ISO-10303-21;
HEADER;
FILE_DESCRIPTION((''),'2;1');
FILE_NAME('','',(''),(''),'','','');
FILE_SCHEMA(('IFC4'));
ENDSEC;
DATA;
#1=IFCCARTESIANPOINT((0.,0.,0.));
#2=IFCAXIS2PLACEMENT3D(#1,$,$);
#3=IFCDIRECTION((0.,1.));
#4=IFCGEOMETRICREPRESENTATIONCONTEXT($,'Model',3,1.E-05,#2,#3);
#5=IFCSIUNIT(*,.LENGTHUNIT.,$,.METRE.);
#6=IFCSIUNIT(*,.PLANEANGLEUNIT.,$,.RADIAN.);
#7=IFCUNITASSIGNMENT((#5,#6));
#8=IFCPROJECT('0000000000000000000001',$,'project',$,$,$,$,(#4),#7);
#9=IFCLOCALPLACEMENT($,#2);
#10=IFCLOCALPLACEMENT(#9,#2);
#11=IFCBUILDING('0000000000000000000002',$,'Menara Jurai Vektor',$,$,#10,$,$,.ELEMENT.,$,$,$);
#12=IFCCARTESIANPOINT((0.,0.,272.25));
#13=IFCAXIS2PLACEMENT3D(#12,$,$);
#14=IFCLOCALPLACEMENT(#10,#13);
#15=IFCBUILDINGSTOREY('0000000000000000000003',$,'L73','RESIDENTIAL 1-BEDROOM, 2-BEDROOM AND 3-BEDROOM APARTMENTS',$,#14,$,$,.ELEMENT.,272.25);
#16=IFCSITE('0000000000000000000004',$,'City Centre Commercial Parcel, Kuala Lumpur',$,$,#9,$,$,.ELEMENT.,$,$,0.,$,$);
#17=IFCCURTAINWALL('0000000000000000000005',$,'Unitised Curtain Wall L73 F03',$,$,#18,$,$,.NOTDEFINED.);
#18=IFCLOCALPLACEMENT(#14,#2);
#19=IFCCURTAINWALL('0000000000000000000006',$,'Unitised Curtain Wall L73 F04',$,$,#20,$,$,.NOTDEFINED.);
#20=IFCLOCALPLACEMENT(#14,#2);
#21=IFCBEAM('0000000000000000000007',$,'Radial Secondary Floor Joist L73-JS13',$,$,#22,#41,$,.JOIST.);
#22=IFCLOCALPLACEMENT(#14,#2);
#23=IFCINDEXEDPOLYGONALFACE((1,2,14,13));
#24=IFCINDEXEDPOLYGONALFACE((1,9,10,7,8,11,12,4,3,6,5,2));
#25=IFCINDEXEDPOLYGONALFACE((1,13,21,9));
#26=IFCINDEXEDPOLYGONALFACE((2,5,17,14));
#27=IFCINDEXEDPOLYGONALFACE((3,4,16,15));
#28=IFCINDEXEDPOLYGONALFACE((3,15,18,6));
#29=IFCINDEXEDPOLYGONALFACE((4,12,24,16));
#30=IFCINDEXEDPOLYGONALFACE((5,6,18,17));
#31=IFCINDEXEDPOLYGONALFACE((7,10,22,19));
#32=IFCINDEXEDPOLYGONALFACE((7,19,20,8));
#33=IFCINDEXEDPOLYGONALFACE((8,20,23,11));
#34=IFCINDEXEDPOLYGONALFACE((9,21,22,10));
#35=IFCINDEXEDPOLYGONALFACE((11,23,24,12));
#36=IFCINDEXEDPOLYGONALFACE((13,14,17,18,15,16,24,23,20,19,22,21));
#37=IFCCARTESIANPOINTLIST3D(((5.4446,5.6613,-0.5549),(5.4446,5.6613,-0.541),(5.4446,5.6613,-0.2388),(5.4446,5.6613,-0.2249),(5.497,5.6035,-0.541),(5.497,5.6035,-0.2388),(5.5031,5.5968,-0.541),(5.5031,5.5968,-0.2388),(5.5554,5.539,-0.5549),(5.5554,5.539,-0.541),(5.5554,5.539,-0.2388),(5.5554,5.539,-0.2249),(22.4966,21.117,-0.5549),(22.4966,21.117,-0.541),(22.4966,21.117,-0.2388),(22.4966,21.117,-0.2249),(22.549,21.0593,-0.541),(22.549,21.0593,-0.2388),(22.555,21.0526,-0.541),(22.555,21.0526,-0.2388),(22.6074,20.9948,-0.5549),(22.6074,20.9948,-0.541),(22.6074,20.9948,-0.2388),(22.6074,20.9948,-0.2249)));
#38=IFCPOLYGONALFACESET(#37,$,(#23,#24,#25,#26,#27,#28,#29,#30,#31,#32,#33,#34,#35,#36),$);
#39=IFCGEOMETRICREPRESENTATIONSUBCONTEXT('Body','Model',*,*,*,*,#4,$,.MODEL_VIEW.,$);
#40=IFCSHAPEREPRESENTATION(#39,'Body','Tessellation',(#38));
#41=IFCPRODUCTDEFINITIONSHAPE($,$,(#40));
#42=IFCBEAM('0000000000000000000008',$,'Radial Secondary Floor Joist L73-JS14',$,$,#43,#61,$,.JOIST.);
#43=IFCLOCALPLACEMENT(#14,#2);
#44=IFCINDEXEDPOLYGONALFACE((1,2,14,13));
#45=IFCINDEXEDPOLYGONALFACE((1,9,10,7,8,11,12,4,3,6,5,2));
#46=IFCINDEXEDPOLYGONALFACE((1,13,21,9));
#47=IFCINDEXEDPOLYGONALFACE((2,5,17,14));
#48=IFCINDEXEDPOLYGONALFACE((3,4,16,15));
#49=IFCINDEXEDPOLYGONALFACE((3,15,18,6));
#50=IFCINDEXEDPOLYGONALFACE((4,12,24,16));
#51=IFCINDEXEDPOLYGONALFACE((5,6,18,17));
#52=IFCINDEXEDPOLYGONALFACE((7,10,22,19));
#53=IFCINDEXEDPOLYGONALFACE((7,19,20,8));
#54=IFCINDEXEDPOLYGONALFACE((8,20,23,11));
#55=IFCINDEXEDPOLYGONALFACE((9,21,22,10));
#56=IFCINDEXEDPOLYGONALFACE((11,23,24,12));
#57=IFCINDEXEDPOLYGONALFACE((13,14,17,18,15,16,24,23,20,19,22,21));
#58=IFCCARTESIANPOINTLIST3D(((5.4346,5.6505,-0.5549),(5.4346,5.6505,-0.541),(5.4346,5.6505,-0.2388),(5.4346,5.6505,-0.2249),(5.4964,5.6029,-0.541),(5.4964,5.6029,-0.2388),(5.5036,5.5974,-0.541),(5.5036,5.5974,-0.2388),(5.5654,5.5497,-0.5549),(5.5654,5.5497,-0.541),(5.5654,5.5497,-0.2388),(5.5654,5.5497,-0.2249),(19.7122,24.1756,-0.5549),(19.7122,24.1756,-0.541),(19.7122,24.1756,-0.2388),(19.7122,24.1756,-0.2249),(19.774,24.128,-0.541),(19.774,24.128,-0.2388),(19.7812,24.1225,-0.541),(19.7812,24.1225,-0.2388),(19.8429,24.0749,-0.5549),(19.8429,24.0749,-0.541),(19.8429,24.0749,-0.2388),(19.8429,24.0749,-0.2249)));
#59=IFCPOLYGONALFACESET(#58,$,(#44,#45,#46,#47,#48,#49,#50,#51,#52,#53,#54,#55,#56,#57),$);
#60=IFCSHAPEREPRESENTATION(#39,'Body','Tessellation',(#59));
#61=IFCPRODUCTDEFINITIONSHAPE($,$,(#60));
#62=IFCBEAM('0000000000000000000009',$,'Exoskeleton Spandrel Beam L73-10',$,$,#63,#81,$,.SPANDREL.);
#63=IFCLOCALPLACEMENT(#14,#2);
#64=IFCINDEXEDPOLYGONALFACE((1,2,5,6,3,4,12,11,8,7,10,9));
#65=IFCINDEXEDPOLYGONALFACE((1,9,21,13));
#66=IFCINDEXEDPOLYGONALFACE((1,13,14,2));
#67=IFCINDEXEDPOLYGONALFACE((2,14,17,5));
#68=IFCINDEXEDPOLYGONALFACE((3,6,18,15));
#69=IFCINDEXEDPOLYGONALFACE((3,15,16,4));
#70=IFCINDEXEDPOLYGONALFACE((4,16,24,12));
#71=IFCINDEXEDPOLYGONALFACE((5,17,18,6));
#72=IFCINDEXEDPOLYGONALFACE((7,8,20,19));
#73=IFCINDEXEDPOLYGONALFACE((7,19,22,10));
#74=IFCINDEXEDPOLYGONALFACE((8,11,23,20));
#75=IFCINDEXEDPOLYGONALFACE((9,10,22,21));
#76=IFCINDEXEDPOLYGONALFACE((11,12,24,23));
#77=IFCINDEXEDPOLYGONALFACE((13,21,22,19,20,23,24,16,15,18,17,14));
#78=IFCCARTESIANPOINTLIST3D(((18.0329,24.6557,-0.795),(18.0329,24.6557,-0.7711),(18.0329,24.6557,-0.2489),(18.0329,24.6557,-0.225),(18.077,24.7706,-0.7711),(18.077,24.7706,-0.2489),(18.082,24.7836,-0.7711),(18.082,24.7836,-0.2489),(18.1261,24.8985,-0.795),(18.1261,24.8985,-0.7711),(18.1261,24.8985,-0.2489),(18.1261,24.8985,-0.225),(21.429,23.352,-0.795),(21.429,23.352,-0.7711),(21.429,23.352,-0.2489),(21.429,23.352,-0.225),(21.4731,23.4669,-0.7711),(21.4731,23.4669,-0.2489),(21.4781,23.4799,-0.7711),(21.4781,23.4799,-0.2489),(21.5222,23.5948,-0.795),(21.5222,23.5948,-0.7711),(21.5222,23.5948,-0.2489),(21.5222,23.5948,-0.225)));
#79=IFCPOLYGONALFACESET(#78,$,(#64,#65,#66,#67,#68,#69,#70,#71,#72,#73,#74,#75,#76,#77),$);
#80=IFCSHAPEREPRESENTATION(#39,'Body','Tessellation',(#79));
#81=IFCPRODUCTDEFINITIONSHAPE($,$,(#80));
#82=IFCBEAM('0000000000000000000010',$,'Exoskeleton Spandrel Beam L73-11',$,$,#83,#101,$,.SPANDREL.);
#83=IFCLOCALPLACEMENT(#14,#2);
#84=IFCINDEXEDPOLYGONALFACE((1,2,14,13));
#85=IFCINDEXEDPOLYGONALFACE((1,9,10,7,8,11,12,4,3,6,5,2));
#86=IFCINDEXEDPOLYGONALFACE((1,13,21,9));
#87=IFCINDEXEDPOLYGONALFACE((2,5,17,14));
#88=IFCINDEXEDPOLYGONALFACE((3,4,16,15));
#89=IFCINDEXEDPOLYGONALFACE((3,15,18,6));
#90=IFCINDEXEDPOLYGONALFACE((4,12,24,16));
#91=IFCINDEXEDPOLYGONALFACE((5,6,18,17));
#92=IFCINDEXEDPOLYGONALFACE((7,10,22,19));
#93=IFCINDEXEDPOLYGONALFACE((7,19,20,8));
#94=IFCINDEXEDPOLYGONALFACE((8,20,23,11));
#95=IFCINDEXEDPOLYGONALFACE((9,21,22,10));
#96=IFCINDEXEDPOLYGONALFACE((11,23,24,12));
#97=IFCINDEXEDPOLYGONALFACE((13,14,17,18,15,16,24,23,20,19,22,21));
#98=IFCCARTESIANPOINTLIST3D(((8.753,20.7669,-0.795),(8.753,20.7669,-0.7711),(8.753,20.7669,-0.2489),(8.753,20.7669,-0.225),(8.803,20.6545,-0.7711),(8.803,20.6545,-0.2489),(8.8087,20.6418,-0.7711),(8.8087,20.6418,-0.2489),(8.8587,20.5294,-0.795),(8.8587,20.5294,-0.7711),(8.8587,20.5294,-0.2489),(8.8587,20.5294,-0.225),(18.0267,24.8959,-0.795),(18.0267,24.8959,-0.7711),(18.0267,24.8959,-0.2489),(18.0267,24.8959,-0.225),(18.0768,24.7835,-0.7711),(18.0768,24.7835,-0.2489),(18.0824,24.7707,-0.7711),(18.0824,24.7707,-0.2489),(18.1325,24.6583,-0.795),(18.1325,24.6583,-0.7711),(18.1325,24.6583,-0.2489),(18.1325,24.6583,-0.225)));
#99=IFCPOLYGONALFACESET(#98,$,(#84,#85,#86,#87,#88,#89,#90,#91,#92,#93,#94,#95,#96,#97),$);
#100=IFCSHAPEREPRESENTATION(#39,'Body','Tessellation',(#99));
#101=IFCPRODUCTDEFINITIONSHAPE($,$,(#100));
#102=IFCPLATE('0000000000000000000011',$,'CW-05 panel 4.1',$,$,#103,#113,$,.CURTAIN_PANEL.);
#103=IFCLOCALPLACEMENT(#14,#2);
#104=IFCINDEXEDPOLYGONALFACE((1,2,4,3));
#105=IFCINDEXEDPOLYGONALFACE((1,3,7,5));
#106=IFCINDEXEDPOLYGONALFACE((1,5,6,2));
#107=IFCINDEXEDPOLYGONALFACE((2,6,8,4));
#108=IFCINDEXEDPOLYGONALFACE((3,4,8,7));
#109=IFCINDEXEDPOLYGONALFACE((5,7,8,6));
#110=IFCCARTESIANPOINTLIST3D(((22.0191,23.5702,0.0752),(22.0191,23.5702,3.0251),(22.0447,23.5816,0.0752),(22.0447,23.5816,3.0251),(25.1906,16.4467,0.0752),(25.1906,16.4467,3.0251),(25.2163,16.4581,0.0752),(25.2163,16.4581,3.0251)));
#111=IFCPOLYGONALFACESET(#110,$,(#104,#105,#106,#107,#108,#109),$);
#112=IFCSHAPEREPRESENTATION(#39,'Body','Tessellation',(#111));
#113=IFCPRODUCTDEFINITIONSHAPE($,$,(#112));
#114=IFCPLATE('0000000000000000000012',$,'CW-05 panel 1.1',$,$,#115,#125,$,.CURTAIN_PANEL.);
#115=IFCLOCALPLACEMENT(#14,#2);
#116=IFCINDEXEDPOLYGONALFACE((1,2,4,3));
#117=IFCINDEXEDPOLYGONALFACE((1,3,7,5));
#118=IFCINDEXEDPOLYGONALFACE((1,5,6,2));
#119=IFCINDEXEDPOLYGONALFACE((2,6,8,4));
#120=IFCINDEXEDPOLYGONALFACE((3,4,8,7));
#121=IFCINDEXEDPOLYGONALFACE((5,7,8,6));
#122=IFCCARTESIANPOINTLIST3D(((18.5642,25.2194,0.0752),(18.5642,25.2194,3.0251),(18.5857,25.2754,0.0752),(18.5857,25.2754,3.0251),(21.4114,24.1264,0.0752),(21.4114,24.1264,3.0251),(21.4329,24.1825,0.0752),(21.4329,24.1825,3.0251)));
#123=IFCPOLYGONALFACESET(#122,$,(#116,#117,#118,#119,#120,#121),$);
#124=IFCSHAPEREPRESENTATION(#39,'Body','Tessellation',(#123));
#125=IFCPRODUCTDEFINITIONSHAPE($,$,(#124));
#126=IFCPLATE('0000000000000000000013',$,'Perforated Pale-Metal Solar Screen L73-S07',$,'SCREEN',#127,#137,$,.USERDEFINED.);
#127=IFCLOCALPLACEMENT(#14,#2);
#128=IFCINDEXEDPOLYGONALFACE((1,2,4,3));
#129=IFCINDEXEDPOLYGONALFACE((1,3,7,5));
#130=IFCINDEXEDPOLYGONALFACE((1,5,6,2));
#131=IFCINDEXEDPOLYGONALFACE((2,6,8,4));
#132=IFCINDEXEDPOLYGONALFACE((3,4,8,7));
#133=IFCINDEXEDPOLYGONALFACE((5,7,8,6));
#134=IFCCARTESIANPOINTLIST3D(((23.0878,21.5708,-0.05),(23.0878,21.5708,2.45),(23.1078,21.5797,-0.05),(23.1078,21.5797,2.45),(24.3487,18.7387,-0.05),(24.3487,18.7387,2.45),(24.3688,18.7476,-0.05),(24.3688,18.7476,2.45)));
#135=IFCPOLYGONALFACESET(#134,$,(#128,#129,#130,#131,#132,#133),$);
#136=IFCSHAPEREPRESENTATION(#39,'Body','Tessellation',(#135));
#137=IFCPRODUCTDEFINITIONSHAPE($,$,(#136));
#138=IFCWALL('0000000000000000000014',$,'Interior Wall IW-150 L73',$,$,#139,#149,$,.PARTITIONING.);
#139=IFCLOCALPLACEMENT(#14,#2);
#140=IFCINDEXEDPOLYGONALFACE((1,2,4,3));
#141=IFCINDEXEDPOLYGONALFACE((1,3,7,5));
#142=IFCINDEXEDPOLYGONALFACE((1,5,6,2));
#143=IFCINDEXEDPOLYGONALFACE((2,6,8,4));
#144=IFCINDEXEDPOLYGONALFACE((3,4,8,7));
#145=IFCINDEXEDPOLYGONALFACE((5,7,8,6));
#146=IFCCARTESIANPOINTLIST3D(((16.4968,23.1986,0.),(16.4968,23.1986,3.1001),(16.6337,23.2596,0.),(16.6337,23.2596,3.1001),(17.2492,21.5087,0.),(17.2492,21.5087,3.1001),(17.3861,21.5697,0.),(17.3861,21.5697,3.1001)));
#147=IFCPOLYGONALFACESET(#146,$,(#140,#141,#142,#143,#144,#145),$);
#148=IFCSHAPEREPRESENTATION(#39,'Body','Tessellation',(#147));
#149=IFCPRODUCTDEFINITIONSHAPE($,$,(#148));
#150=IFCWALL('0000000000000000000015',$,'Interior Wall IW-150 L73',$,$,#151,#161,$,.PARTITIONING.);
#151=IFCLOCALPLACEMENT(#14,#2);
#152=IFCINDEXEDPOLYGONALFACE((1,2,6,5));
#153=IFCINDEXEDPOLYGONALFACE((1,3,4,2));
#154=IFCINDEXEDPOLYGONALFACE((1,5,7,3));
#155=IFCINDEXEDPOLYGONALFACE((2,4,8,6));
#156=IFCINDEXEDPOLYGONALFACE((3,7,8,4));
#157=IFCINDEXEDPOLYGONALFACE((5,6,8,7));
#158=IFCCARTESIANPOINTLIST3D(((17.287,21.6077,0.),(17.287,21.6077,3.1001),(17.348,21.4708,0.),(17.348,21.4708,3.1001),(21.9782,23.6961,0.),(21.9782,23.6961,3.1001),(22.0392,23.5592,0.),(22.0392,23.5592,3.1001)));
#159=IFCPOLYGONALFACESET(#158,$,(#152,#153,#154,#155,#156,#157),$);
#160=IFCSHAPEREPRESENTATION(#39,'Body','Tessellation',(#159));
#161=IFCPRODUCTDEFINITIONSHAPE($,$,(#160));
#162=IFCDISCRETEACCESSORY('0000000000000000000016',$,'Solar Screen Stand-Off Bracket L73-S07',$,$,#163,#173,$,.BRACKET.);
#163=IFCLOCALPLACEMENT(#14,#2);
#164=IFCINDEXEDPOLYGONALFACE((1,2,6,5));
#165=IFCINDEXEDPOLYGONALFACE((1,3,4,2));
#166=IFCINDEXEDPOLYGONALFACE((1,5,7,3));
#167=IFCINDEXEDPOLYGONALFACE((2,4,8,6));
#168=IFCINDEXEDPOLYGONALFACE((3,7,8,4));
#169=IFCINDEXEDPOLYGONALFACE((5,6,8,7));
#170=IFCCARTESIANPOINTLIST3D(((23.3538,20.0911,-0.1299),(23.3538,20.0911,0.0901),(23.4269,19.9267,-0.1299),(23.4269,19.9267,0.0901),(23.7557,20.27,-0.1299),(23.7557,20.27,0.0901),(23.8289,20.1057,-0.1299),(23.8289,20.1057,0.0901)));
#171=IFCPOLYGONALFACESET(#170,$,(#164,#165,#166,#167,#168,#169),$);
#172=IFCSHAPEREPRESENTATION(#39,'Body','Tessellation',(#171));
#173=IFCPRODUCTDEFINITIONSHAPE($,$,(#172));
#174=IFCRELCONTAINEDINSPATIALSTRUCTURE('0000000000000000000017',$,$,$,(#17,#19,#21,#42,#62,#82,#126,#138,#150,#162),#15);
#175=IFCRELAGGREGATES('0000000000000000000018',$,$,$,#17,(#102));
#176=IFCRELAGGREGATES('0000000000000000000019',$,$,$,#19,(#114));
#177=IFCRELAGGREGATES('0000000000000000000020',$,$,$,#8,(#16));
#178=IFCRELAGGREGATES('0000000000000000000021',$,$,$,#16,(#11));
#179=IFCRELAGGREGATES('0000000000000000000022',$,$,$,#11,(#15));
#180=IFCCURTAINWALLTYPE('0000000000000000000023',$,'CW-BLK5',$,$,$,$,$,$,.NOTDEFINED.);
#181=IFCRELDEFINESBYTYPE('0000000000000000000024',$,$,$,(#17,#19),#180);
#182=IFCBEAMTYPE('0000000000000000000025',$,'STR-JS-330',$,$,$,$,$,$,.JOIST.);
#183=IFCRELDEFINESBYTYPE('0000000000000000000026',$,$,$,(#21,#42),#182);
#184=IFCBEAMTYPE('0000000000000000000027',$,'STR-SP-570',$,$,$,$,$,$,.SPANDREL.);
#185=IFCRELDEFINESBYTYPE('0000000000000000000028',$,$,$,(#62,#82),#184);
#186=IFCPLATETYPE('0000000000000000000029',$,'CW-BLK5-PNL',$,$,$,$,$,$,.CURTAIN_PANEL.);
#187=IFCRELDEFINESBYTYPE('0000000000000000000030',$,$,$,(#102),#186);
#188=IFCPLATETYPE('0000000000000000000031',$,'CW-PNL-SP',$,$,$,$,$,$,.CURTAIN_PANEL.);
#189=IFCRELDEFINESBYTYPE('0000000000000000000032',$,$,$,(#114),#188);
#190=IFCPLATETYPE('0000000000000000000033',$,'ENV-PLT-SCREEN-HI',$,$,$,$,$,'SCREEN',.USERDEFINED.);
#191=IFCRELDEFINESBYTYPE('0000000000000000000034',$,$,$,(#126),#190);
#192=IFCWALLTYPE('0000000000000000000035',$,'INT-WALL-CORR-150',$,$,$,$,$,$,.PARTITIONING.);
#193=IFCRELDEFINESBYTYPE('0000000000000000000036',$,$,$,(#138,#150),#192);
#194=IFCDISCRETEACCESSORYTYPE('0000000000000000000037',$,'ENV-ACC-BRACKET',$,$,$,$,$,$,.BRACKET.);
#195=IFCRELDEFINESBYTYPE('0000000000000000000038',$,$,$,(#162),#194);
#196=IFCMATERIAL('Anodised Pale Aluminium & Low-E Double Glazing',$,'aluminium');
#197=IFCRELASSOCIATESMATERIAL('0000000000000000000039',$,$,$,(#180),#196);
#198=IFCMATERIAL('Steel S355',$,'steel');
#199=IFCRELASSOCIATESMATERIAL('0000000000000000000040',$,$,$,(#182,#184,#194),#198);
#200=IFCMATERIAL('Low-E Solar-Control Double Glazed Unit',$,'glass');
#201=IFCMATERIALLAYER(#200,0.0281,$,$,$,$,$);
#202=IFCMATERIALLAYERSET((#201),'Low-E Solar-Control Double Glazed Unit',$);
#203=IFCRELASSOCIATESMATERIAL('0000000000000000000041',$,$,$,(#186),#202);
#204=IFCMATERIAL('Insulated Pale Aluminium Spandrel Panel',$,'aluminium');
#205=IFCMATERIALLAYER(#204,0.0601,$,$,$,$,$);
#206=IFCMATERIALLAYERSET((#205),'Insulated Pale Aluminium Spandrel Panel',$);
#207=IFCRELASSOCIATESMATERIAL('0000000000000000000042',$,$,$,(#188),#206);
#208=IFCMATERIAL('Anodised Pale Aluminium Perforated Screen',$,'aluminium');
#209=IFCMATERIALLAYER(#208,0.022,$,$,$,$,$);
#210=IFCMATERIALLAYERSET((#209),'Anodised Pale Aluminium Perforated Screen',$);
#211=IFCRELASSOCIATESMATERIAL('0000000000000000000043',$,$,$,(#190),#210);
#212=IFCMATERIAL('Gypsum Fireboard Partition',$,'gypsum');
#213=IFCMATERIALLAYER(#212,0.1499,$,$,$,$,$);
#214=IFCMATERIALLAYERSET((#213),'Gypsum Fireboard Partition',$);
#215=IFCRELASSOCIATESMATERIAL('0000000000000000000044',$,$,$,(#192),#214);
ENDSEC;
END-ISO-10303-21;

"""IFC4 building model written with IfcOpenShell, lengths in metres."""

from ifc_helpers import new_model, si_unit, direction, frame, frame_2d, origin, origin_2d, place, context, subcontext, project, spatial, rectangle, i_section, extrude, material, layer, layer_set, material_profile, profile_set, type_object, element, aggregate, save


model = new_model("IFC4")

# Units and contexts
model_context = context("Model", 3, precision=1e-05, world=origin(), true_north=direction((0.0, 1.0)))
body_context = subcontext(model_context, "Body", "Model", "MODEL_VIEW")
ifc_project = project(units=[si_unit("LENGTHUNIT", "METRE"), si_unit("PLANEANGLEUNIT", "RADIAN")], contexts=[model_context])

# Site, building, storey
site_placement = place(None, origin())
site = spatial("IfcSite", under=ifc_project, at=site_placement, Name="City Centre Commercial Parcel, Kuala Lumpur", CompositionType="ELEMENT", RefElevation=0.0)
building_placement = place(site_placement, origin())
building = spatial("IfcBuilding", under=site, at=building_placement, Name="Menara Jurai Vektor", CompositionType="ELEMENT")
storey_placement = place(building_placement, frame((0.0, 0.0, 272.25)))
storey = spatial("IfcBuildingStorey", under=building, at=storey_placement, Name="L73", Description="RESIDENTIAL 1-BEDROOM, 2-BEDROOM AND 3-BEDROOM APARTMENTS", CompositionType="ELEMENT", Elevation=272.25)

# Curtain walls
ifc_material_1 = material(Name="Anodised Pale Aluminium & Low-E Double Glazing", Category="aluminium")
curtain_wall_type = type_object("IfcCurtainWallType", Name="CW-BLK5", PredefinedType="NOTDEFINED", material=ifc_material_1)
curtain_wall_1_placement = place(storey_placement, origin())
curtain_wall_1 = element("IfcCurtainWall", 1, at=curtain_wall_1_placement, inside=storey, type_object=curtain_wall_type, Name="Unitised Curtain Wall L73 F03", PredefinedType="NOTDEFINED")
curtain_wall_2_placement = place(storey_placement, origin())
curtain_wall_2 = element("IfcCurtainWall", 2, at=curtain_wall_2_placement, inside=storey, type_object=curtain_wall_type, Name="Unitised Curtain Wall L73 F04", PredefinedType="NOTDEFINED")

# Shared definitions
ifc_material_2 = material(Name="Steel S355", Category="steel")

# Beams
ifc_material_profile_1 = material_profile(ifc_material_2, i_section(OverallWidth=0.165, OverallDepth=0.3301, WebThickness=0.009, FlangeThickness=0.0139, at=origin_2d()), Name="PG 330x165x46")
ifc_profile_set_1 = profile_set([ifc_material_profile_1], Name="Steel S355")
beam_type_1 = type_object("IfcBeamType", Name="STR-JS-330", PredefinedType="JOIST", material=ifc_profile_set_1)
beam_1_placement = place(storey_placement, frame((22.552, 21.0559, -0.3899), z_axis=(-0.740934, -0.671577, 0.0), x_axis=(0.671577, -0.740934, 0.0)))
element("IfcBeam", 3, at=beam_1_placement, inside=storey, type_object=beam_type_1, Name="Radial Secondary Floor Joist L73-JS13", PredefinedType="JOIST", context=body_context, shape_type="SweptSolid", body=[
    extrude(i_section(OverallWidth=0.165, OverallDepth=0.3301, WebThickness=0.009, FlangeThickness=0.0139, at=origin_2d()), origin(), (0.0, 0.0, 1.0), 23.0142),
])
beam_2_placement = place(storey_placement, frame((19.7776, 24.1252, -0.3899), z_axis=(-0.610449, -0.792056, 0.0), x_axis=(0.792056, -0.610449, 0.0)))
element("IfcBeam", 4, at=beam_2_placement, inside=storey, type_object=beam_type_1, Name="Radial Secondary Floor Joist L73-JS14", PredefinedType="JOIST", context=body_context, shape_type="SweptSolid", body=[
    extrude(i_section(OverallWidth=0.165, OverallDepth=0.3301, WebThickness=0.009, FlangeThickness=0.0139, at=origin_2d()), origin(), (0.0, 0.0, 1.0), 23.3887),
])
ifc_material_profile_2 = material_profile(ifc_material_2, i_section(OverallWidth=0.26, OverallDepth=0.5701, WebThickness=0.0139, FlangeThickness=0.0239, at=origin_2d()), Name="PG 570x260x145")
ifc_profile_set_2 = profile_set([ifc_material_profile_2], Name="Steel S355")
beam_type_2 = type_object("IfcBeamType", Name="STR-SP-570", PredefinedType="SPANDREL", material=ifc_profile_set_2)
beam_3_placement = place(storey_placement, frame((21.4756, 23.4734, -0.51), z_axis=(-0.93357, 0.358394, 0.0), x_axis=(-0.358394, -0.93357, 0.0)))
element("IfcBeam", 5, at=beam_3_placement, inside=storey, type_object=beam_type_2, Name="Exoskeleton Spandrel Beam L73-10", PredefinedType="SPANDREL", context=body_context, shape_type="SweptSolid", body=[
    extrude(i_section(OverallWidth=0.26, OverallDepth=0.5701, WebThickness=0.0139, FlangeThickness=0.0239, at=origin_2d()), origin(), (0.0, 0.0, 1.0), 3.6377),
])
beam_4_placement = place(storey_placement, frame((18.0796, 24.7771, -0.51), z_axis=(-0.913546, -0.406736, 0.0), x_axis=(0.406736, -0.913546, 0.0)))
element("IfcBeam", 6, at=beam_4_placement, inside=storey, type_object=beam_type_2, Name="Exoskeleton Spandrel Beam L73-11", PredefinedType="SPANDREL", context=body_context, shape_type="SweptSolid", body=[
    extrude(i_section(OverallWidth=0.26, OverallDepth=0.5701, WebThickness=0.0139, FlangeThickness=0.0239, at=origin_2d()), origin(), (0.0, 0.0, 1.0), 10.1514),
])

# Plates
ifc_material_3 = material(Name="Low-E Solar-Control Double Glazed Unit", Category="glass")
ifc_layer_1 = layer(ifc_material_3, 0.0281)
ifc_layer_set_1 = layer_set([ifc_layer_1], Name="Low-E Solar-Control Double Glazed Unit")
plate_type_1 = type_object("IfcPlateType", Name="CW-BLK5-PNL", PredefinedType="CURTAIN_PANEL", material=ifc_layer_set_1)
plate_1_placement = place(storey_placement, frame((23.6177, 20.0142, 0.0752), z_axis=(0.0, 0.0, 1.0), x_axis=(-0.406735, 0.913546, 0.0)))
plate_1 = element("IfcPlate", 7, at=plate_1_placement, type_object=plate_type_1, Name="CW-05 panel 4.1", PredefinedType="CURTAIN_PANEL", context=body_context, shape_type="SweptSolid", body=[
    extrude(rectangle(XDim=7.7976, YDim=0.0281, at=origin_2d()), origin(), (0.0, 0.0, 1.0), 2.95),
])
aggregate(curtain_wall_1, [plate_1])
ifc_material_4 = material(Name="Insulated Pale Aluminium Spandrel Panel", Category="aluminium")
ifc_layer_2 = layer(ifc_material_4, 0.0601)
ifc_layer_set_2 = layer_set([ifc_layer_2], Name="Insulated Pale Aluminium Spandrel Panel")
plate_type_2 = type_object("IfcPlateType", Name="CW-PNL-SP", PredefinedType="CURTAIN_PANEL", material=ifc_layer_set_2)
plate_2_placement = place(storey_placement, frame((19.9985, 24.7009, 0.0752), z_axis=(0.0, 0.0, 1.0), x_axis=(-0.933578, 0.358374, 0.0)))
plate_2 = element("IfcPlate", 8, at=plate_2_placement, type_object=plate_type_2, Name="CW-05 panel 1.1", PredefinedType="CURTAIN_PANEL", context=body_context, shape_type="SweptSolid", body=[
    extrude(rectangle(XDim=3.0498, YDim=0.0601, at=origin_2d()), origin(), (0.0, 0.0, 1.0), 2.95),
])
aggregate(curtain_wall_2, [plate_2])
ifc_material_5 = material(Name="Anodised Pale Aluminium Perforated Screen", Category="aluminium")
ifc_layer_3 = layer(ifc_material_5, 0.022)
ifc_layer_set_3 = layer_set([ifc_layer_3], Name="Anodised Pale Aluminium Perforated Screen")
plate_type_3 = type_object("IfcPlateType", Name="ENV-PLT-SCREEN-HI", ElementType="SCREEN", PredefinedType="USERDEFINED", material=ifc_layer_set_3)
plate_3_placement = place(storey_placement, frame((23.7283, 20.1592, -0.05), z_axis=(0.0, 0.0, 1.0), x_axis=(-0.406737, 0.913545, 0.0)))
element("IfcPlate", 9, at=plate_3_placement, inside=storey, type_object=plate_type_3, Name="Perforated Pale-Metal Solar Screen L73-S07", ObjectType="SCREEN", PredefinedType="USERDEFINED", context=body_context, shape_type="SweptSolid", body=[
    extrude(rectangle(XDim=3.1001, YDim=0.022, at=origin_2d()), origin(), (0.0, 0.0, 1.0), 2.5),
])

# Walls
ifc_material_6 = material(Name="Gypsum Fireboard Partition", Category="gypsum")
ifc_layer_4 = layer(ifc_material_6, 0.1499)
ifc_layer_set_4 = layer_set([ifc_layer_4], Name="Gypsum Fireboard Partition")
wall_type = type_object("IfcWallType", Name="INT-WALL-CORR-150", PredefinedType="PARTITIONING", material=ifc_layer_set_4)
wall_1_placement = place(storey_placement, frame((17.3176, 21.5393, 0.0), z_axis=(0.0, 0.0, 1.0), x_axis=(-0.406751, 0.913539, 0.0)))
element("IfcWall", 10, at=wall_1_placement, inside=storey, type_object=wall_type, Name="Interior Wall IW-150 L73", PredefinedType="PARTITIONING", context=body_context, shape_type="SweptSolid", body=[
    extrude(rectangle(XDim=1.8499, YDim=0.1499, at=frame_2d((0.9248, 0.0))), origin(), (0.0, 0.0, 1.0), 3.1001),
])
wall_2_placement = place(storey_placement, frame((17.3176, 21.5393, 0.0), z_axis=(0.0, 0.0, 1.0), x_axis=(0.913564, 0.406694, 0.0)))
element("IfcWall", 11, at=wall_2_placement, inside=storey, type_object=wall_type, Name="Interior Wall IW-150 L73", PredefinedType="PARTITIONING", context=body_context, shape_type="SweptSolid", body=[
    extrude(rectangle(XDim=5.135, YDim=0.1499, at=frame_2d((2.5674, 0.0))), origin(), (0.0, 0.0, 1.0), 3.1001),
])

# Discrete accessory
discrete_accessory_type = type_object("IfcDiscreteAccessoryType", Name="ENV-ACC-BRACKET", PredefinedType="BRACKET", material=ifc_material_2)
discrete_accessory_placement = place(storey_placement, frame((23.5913, 20.0984, -0.1299), z_axis=(0.0, 0.0, 1.0), x_axis=(-0.406737, 0.913545, 0.0)))
element("IfcDiscreteAccessory", 12, at=discrete_accessory_placement, inside=storey, type_object=discrete_accessory_type, Name="Solar Screen Stand-Off Bracket L73-S07", PredefinedType="BRACKET", context=body_context, shape_type="SweptSolid", body=[
    extrude(rectangle(XDim=0.1799, YDim=0.4399, at=origin_2d()), origin(), (0.0, 0.0, 1.0), 0.22),
])

save(model, "model.ifc")
